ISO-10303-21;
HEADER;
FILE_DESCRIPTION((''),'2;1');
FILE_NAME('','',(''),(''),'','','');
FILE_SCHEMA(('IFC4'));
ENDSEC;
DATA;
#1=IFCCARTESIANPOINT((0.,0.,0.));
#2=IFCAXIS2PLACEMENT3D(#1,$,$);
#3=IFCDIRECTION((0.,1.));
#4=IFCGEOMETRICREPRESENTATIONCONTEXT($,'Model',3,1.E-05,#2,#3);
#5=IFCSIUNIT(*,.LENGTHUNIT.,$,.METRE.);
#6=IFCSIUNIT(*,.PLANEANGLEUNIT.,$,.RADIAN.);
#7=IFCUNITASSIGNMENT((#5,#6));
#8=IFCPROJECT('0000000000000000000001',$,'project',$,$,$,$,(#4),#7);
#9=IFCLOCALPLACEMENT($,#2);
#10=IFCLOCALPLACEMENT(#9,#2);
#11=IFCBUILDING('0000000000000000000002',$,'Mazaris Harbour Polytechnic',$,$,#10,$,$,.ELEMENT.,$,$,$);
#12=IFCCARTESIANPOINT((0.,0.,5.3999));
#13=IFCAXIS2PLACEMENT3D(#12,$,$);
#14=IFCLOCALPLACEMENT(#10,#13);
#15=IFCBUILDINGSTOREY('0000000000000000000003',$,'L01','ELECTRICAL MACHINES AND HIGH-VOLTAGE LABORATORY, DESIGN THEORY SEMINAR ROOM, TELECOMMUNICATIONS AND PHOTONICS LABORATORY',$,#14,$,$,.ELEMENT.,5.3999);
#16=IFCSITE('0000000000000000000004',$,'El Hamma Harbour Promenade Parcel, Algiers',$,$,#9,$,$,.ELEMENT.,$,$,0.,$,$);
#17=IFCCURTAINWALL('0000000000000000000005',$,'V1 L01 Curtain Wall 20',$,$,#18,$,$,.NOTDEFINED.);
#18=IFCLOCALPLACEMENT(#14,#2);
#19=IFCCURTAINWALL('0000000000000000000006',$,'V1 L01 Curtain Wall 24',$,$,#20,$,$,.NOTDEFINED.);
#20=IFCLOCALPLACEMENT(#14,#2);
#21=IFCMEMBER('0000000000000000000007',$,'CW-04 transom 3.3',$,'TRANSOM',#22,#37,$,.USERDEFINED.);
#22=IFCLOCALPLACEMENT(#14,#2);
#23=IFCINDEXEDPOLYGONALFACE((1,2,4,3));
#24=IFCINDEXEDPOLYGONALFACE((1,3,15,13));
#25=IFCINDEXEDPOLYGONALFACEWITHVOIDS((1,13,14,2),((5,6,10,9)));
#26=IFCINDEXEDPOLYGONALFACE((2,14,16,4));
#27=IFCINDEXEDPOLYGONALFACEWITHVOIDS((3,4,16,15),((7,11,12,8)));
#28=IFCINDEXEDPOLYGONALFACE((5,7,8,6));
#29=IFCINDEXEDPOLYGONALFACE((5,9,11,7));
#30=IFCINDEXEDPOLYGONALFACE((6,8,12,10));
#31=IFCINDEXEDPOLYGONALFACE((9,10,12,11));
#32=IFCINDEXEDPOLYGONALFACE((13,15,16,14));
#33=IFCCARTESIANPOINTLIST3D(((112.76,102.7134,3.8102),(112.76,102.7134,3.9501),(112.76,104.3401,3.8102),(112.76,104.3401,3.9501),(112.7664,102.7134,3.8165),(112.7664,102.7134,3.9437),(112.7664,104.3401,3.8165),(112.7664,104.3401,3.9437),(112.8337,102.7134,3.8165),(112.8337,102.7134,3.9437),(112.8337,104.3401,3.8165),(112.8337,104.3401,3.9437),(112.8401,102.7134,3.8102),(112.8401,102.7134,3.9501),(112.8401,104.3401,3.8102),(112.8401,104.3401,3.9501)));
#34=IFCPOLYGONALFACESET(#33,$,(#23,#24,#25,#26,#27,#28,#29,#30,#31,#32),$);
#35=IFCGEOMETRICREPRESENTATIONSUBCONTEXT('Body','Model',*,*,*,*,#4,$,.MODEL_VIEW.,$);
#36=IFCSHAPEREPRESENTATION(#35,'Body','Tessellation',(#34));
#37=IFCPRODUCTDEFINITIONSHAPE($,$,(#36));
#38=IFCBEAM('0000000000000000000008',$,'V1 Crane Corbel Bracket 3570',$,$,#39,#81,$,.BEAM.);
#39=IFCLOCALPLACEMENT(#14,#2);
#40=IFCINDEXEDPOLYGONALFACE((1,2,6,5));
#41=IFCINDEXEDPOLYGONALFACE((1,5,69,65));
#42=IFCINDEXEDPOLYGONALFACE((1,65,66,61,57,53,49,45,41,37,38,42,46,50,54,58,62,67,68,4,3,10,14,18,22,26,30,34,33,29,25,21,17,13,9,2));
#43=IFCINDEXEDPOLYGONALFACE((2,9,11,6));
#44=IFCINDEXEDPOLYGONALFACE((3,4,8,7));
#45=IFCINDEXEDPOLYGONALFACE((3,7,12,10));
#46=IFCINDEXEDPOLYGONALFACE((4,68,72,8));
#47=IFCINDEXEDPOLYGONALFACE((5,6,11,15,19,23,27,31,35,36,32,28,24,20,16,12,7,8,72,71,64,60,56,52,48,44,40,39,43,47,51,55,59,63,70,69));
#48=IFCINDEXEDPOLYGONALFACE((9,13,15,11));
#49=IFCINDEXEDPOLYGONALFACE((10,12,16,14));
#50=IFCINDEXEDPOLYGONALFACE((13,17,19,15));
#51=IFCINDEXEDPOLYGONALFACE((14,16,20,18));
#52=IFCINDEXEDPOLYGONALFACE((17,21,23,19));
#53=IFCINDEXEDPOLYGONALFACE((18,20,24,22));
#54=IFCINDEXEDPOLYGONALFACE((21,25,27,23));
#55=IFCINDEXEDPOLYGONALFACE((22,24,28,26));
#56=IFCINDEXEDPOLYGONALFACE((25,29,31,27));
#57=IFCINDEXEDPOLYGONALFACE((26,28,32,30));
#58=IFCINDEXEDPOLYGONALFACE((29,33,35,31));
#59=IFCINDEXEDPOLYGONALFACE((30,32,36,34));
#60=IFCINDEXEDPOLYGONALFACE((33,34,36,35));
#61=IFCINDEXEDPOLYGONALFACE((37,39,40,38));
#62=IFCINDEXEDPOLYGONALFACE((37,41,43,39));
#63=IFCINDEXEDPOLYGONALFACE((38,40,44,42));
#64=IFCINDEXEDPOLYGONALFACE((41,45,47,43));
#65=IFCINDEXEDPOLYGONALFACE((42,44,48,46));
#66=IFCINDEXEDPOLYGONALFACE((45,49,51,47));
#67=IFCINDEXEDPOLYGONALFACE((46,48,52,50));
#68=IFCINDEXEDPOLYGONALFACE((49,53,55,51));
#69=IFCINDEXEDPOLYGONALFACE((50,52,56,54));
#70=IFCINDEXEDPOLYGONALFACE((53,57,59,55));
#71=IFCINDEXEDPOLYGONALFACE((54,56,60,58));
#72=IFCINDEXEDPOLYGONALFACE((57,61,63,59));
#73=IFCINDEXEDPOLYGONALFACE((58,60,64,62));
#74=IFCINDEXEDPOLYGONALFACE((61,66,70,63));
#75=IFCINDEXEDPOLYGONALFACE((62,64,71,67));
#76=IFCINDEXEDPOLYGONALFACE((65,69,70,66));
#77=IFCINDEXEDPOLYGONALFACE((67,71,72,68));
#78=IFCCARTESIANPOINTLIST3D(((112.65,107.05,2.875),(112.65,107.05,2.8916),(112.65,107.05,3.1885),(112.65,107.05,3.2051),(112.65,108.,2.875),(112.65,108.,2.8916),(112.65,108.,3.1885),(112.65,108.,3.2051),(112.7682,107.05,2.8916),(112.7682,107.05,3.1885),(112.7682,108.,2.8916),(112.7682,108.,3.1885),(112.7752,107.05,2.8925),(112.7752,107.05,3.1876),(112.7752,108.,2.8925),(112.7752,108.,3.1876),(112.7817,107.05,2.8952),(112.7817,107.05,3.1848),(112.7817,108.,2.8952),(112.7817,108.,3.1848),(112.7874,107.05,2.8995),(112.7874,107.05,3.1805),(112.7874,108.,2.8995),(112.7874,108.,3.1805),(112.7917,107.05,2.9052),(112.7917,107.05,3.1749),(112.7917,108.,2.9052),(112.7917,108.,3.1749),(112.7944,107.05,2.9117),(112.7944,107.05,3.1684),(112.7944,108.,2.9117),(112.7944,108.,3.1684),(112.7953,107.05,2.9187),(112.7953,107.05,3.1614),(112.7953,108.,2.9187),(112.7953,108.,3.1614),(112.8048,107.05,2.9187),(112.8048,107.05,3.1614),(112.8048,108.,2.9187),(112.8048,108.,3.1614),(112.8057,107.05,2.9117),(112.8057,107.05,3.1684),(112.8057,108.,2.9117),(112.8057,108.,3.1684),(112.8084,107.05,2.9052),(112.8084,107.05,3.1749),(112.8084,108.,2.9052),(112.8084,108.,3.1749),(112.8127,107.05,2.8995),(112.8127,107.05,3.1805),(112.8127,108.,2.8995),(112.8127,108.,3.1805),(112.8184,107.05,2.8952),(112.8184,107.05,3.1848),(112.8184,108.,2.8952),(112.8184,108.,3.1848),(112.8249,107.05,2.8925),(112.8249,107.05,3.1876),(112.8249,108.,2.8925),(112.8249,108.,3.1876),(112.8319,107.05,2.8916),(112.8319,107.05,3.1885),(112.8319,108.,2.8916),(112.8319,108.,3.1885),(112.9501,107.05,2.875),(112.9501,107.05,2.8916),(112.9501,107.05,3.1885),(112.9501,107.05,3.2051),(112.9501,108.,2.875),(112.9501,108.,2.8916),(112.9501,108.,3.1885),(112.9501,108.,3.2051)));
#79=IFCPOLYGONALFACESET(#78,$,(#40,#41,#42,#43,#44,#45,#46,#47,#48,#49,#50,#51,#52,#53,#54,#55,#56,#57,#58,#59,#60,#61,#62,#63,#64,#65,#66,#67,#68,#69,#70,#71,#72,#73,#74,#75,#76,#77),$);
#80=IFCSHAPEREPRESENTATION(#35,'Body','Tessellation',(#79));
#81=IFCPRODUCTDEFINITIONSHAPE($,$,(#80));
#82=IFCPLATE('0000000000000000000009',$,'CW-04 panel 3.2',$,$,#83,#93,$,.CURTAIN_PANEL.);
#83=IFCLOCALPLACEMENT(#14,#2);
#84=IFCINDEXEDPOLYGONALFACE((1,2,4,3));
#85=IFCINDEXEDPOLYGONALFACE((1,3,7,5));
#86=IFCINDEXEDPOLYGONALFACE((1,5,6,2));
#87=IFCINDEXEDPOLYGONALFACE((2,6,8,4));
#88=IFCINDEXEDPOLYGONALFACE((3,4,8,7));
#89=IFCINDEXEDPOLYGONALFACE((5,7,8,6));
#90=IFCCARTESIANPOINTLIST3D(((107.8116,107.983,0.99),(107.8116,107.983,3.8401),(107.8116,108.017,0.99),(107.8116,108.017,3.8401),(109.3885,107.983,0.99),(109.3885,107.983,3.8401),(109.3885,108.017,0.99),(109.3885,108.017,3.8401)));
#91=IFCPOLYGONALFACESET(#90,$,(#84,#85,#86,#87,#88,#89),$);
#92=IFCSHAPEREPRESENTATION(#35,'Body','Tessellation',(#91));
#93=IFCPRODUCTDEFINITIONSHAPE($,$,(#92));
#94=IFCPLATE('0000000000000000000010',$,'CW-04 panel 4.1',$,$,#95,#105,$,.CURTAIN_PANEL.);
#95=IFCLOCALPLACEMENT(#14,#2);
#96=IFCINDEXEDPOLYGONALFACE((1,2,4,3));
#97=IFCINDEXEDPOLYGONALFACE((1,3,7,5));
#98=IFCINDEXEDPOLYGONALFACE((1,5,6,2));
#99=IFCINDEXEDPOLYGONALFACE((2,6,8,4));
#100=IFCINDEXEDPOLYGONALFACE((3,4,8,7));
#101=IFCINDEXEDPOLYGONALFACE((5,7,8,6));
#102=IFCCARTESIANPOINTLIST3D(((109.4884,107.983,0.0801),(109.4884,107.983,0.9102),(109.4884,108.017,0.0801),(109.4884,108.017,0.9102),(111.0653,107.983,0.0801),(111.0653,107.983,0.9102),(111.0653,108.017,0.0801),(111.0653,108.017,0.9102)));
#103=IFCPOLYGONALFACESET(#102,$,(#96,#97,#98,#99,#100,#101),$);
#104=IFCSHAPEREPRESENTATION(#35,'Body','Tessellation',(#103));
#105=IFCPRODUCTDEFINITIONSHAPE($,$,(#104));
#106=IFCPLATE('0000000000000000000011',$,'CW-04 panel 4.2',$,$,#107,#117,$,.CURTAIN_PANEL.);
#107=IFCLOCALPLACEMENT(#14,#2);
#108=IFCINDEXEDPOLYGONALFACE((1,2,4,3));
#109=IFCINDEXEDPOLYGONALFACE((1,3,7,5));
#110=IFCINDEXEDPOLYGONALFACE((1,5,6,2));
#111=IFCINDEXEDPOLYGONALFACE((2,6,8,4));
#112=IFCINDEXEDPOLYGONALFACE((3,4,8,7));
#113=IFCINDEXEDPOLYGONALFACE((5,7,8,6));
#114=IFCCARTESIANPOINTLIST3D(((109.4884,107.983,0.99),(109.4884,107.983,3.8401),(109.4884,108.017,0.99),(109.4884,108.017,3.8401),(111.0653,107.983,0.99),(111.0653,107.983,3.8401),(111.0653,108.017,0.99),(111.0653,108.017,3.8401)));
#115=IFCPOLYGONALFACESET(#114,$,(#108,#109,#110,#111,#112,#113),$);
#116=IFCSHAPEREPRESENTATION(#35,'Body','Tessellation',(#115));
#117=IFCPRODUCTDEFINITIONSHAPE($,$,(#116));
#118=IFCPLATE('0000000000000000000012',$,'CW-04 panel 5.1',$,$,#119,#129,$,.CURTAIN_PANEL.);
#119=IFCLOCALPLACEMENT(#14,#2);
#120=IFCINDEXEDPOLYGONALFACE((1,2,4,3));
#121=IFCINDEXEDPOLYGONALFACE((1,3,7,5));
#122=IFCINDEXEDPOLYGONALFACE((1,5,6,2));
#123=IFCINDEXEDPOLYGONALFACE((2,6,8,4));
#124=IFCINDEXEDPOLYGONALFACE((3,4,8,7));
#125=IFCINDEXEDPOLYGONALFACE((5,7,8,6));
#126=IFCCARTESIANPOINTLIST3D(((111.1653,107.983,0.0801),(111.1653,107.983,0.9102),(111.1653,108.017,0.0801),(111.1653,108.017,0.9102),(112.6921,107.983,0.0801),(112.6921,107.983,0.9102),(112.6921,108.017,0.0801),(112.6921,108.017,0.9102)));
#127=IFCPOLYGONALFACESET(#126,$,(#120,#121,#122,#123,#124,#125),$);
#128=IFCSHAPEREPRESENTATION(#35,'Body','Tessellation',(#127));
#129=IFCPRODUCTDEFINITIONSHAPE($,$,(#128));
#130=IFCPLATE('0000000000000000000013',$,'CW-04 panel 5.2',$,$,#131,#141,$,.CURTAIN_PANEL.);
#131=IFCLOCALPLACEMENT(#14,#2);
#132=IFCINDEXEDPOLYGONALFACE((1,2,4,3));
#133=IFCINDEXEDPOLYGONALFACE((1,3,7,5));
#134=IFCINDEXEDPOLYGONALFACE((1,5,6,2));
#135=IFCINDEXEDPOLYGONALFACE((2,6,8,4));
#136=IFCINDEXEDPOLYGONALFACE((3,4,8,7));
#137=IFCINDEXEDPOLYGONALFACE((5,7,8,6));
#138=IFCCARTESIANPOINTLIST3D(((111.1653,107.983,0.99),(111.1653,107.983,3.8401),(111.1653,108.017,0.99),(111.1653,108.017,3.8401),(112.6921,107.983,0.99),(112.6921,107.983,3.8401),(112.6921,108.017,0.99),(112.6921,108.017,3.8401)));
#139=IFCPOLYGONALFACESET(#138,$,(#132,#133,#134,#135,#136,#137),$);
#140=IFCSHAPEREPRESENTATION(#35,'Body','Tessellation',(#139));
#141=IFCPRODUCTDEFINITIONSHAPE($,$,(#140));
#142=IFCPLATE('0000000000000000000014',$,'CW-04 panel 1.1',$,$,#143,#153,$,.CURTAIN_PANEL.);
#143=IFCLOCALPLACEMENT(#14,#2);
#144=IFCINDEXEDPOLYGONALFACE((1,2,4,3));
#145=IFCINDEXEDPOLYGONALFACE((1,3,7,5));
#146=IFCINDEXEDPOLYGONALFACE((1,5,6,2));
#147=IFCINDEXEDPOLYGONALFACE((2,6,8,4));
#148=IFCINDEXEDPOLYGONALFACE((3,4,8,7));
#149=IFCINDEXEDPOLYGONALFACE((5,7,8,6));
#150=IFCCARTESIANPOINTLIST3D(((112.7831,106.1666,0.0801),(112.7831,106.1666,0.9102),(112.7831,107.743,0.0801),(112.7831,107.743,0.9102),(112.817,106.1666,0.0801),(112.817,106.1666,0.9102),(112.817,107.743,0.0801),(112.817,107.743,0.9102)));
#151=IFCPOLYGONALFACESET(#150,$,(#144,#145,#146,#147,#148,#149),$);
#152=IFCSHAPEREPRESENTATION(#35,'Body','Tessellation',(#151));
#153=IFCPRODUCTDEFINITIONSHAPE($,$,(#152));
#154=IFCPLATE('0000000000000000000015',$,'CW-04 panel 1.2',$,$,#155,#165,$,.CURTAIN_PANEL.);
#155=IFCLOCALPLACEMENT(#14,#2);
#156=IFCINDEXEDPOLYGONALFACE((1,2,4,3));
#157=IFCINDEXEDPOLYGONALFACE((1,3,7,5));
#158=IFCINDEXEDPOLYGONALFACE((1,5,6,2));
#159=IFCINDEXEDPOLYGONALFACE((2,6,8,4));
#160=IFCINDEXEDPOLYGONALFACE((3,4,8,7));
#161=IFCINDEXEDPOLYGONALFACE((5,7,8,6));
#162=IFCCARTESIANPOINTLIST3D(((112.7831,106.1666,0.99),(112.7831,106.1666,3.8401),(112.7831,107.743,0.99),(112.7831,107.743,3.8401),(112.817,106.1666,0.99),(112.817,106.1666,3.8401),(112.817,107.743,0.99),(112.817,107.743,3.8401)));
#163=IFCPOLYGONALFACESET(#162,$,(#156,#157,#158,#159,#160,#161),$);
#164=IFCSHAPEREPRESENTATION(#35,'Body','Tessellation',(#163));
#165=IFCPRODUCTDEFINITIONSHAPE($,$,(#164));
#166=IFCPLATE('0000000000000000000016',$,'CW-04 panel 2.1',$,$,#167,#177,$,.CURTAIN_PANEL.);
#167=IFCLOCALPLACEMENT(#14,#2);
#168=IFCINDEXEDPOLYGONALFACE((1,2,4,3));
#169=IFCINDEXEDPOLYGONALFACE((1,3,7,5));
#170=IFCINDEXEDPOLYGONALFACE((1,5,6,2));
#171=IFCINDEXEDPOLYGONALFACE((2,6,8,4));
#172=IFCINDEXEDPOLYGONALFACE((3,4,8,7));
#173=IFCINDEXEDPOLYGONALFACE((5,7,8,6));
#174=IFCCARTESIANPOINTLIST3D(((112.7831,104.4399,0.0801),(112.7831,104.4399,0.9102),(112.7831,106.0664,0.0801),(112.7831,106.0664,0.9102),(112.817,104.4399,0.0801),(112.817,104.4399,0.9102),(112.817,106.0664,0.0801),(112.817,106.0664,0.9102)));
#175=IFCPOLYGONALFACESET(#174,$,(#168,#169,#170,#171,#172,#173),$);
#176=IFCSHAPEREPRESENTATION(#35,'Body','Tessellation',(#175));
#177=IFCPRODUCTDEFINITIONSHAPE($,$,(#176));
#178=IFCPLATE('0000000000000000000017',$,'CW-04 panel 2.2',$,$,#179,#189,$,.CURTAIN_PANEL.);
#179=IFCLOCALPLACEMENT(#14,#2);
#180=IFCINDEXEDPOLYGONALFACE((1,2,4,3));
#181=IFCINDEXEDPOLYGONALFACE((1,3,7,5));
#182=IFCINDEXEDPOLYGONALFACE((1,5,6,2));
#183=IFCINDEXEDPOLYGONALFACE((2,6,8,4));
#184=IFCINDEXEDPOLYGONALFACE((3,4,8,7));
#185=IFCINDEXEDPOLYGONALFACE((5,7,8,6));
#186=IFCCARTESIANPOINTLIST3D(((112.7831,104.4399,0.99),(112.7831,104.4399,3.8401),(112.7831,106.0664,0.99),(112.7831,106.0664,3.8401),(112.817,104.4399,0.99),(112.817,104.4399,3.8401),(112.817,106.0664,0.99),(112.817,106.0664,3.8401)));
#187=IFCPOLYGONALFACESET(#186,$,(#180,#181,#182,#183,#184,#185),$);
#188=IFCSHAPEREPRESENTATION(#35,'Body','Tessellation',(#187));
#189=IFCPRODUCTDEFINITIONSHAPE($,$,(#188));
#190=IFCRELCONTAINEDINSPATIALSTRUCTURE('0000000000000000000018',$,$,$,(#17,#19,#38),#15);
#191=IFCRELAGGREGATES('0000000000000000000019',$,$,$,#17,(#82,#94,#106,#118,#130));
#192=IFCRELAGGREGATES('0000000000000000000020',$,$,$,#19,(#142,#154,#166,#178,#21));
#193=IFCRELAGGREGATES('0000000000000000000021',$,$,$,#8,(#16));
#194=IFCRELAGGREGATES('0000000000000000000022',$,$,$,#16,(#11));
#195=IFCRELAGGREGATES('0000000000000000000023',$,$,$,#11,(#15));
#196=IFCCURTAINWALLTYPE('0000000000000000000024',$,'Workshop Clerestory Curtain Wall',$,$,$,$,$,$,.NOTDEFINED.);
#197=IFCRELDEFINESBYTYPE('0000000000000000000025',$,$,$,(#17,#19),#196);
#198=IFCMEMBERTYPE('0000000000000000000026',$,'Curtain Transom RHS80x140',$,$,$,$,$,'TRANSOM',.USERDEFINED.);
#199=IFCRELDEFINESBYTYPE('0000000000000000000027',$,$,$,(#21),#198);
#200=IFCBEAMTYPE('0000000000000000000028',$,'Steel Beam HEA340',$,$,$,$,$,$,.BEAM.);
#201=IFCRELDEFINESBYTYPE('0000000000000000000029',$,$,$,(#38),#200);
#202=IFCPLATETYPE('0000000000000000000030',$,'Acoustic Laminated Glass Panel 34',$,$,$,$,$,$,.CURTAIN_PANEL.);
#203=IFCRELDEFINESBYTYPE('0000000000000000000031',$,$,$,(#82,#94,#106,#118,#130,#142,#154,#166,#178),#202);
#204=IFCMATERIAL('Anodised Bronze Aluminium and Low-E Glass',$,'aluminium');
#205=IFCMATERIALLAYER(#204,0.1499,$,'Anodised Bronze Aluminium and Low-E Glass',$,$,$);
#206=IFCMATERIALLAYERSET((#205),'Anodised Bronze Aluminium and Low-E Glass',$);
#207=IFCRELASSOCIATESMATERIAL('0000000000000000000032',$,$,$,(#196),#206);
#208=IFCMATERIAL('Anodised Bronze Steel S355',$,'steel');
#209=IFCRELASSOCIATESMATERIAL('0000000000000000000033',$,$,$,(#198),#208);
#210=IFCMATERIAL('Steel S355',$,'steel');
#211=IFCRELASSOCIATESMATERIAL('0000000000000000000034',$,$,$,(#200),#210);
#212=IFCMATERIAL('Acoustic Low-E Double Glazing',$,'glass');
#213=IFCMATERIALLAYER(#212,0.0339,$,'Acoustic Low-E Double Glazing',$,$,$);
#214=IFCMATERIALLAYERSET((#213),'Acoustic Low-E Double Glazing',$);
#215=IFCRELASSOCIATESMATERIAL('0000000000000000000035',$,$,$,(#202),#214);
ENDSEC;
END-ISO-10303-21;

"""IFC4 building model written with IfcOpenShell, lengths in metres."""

from ifc_helpers import new_model, si_unit, direction, frame, origin, origin_2d, place, context, subcontext, project, spatial, rectangle, hollow_rectangle, i_section, extrude, material, layer, layer_set, material_profile, profile_set, type_object, element, aggregate, save


model = new_model("IFC4")

# Units and contexts
model_context = context("Model", 3, precision=1e-05, world=origin(), true_north=direction((0.0, 1.0)))
body_context = subcontext(model_context, "Body", "Model", "MODEL_VIEW")
ifc_project = project(units=[si_unit("LENGTHUNIT", "METRE"), si_unit("PLANEANGLEUNIT", "RADIAN")], contexts=[model_context])

# Site, building, storey
site_placement = place(None, origin())
site = spatial("IfcSite", under=ifc_project, at=site_placement, Name="El Hamma Harbour Promenade Parcel, Algiers", CompositionType="ELEMENT", RefElevation=0.0)
building_placement = place(site_placement, origin())
building = spatial("IfcBuilding", under=site, at=building_placement, Name="Mazaris Harbour Polytechnic", CompositionType="ELEMENT")
storey_placement = place(building_placement, frame((0.0, 0.0, 5.3999)))
storey = spatial("IfcBuildingStorey", under=building, at=storey_placement, Name="L01", Description="ELECTRICAL MACHINES AND HIGH-VOLTAGE LABORATORY, DESIGN THEORY SEMINAR ROOM, TELECOMMUNICATIONS AND PHOTONICS LABORATORY", CompositionType="ELEMENT", Elevation=5.3999)

# Curtain walls
ifc_material_1 = material(Name="Anodised Bronze Aluminium and Low-E Glass", Category="aluminium")
ifc_layer_1 = layer(ifc_material_1, 0.1499, Name="Anodised Bronze Aluminium and Low-E Glass")
ifc_layer_set_1 = layer_set([ifc_layer_1], Name="Anodised Bronze Aluminium and Low-E Glass")
curtain_wall_type = type_object("IfcCurtainWallType", Name="Workshop Clerestory Curtain Wall", PredefinedType="NOTDEFINED", material=ifc_layer_set_1)
curtain_wall_1_placement = place(storey_placement, origin())
curtain_wall_1 = element("IfcCurtainWall", 1, at=curtain_wall_1_placement, inside=storey, type_object=curtain_wall_type, Name="V1 L01 Curtain Wall 20", PredefinedType="NOTDEFINED")
curtain_wall_2_placement = place(storey_placement, origin())
curtain_wall_2 = element("IfcCurtainWall", 2, at=curtain_wall_2_placement, inside=storey, type_object=curtain_wall_type, Name="V1 L01 Curtain Wall 24", PredefinedType="NOTDEFINED")

# Member
ifc_material_2 = material(Name="Anodised Bronze Steel S355", Category="steel")
ifc_material_profile_1 = material_profile(ifc_material_2, hollow_rectangle(XDim=0.0801, YDim=0.1399, WallThickness=0.0063, at=origin_2d()), Name="RHS 80x140x6.3")
ifc_profile_set_1 = profile_set([ifc_material_profile_1], Name="Anodised Bronze Steel S355")
member_type_1 = type_object("IfcMemberType", Name="Curtain Transom RHS80x140", ElementType="TRANSOM", PredefinedType="USERDEFINED", material=ifc_profile_set_1)
member_1_placement = place(storey_placement, frame((112.8, 104.3401, 3.8801), z_axis=(0.0, -1.0, 0.0), x_axis=(1.0, 0.0, 0.0)))
member_1 = element("IfcMember", 3, at=member_1_placement, type_object=member_type_1, Name="CW-04 transom 3.3", ObjectType="TRANSOM", PredefinedType="USERDEFINED", context=body_context, shape_type="SweptSolid", body=[
    extrude(hollow_rectangle(XDim=0.0801, YDim=0.1399, WallThickness=0.0063, at=origin_2d()), origin(), (0.0, 0.0, 1.0), 1.6267),
])

# Beam
ifc_material_3 = material(Name="Steel S355", Category="steel")
ifc_material_profile_2 = material_profile(ifc_material_3, i_section(OverallWidth=0.3, OverallDepth=0.3301, WebThickness=0.0095, FlangeThickness=0.0166, FilletRadius=0.0271, at=origin_2d()), Name="HEA 340")
ifc_profile_set_2 = profile_set([ifc_material_profile_2], Name="Steel S355")
beam_type = type_object("IfcBeamType", Name="Steel Beam HEA340", PredefinedType="BEAM", material=ifc_profile_set_2)
beam_placement = place(storey_placement, frame((112.8, 108.0, 3.04), z_axis=(0.0, -1.0, 0.0), x_axis=(1.0, 0.0, 0.0)))
element("IfcBeam", 4, at=beam_placement, inside=storey, type_object=beam_type, Name="V1 Crane Corbel Bracket 3570", PredefinedType="BEAM", context=body_context, shape_type="SweptSolid", body=[
    extrude(i_section(OverallWidth=0.3, OverallDepth=0.3301, WebThickness=0.0095, FlangeThickness=0.0166, FilletRadius=0.0271, at=origin_2d()), origin(), (0.0, 0.0, 1.0), 0.95),
])

# Plates
ifc_material_4 = material(Name="Acoustic Low-E Double Glazing", Category="glass")
ifc_layer_2 = layer(ifc_material_4, 0.0339, Name="Acoustic Low-E Double Glazing")
ifc_layer_set_2 = layer_set([ifc_layer_2], Name="Acoustic Low-E Double Glazing")
plate_type_1 = type_object("IfcPlateType", Name="Acoustic Laminated Glass Panel 34", PredefinedType="CURTAIN_PANEL", material=ifc_layer_set_2)
plate_1_placement = place(storey_placement, frame((108.6001, 108.0, 0.99), z_axis=(0.0, 0.0, 1.0), x_axis=(1.0, 0.0, 0.0)))
plate_1 = element("IfcPlate", 5, at=plate_1_placement, type_object=plate_type_1, Name="CW-04 panel 3.2", PredefinedType="CURTAIN_PANEL", context=body_context, shape_type="SweptSolid", body=[
    extrude(rectangle(XDim=1.5769, YDim=0.0339, at=origin_2d()), origin(), (0.0, 0.0, 1.0), 2.8501),
])
plate_2_placement = place(storey_placement, frame((110.2769, 108.0, 0.0801), z_axis=(0.0, 0.0, 1.0), x_axis=(1.0, 0.0, 0.0)))
plate_2 = element("IfcPlate", 6, at=plate_2_placement, type_object=plate_type_1, Name="CW-04 panel 4.1", PredefinedType="CURTAIN_PANEL", context=body_context, shape_type="SweptSolid", body=[
    extrude(rectangle(XDim=1.5769, YDim=0.0339, at=origin_2d()), origin(), (0.0, 0.0, 1.0), 0.8301),
])
plate_3_placement = place(storey_placement, frame((110.2769, 108.0, 0.99), z_axis=(0.0, 0.0, 1.0), x_axis=(1.0, 0.0, 0.0)))
plate_3 = element("IfcPlate", 7, at=plate_3_placement, type_object=plate_type_1, Name="CW-04 panel 4.2", PredefinedType="CURTAIN_PANEL", context=body_context, shape_type="SweptSolid", body=[
    extrude(rectangle(XDim=1.5769, YDim=0.0339, at=origin_2d()), origin(), (0.0, 0.0, 1.0), 2.8501),
])
plate_4_placement = place(storey_placement, frame((111.9287, 108.0, 0.0801), z_axis=(0.0, 0.0, 1.0), x_axis=(1.0, 0.0, 0.0)))
plate_4 = element("IfcPlate", 8, at=plate_4_placement, type_object=plate_type_1, Name="CW-04 panel 5.1", PredefinedType="CURTAIN_PANEL", context=body_context, shape_type="SweptSolid", body=[
    extrude(rectangle(XDim=1.5269, YDim=0.0339, at=origin_2d()), origin(), (0.0, 0.0, 1.0), 0.8301),
])
plate_5_placement = place(storey_placement, frame((111.9287, 108.0, 0.99), z_axis=(0.0, 0.0, 1.0), x_axis=(1.0, 0.0, 0.0)))
plate_5 = element("IfcPlate", 9, at=plate_5_placement, type_object=plate_type_1, Name="CW-04 panel 5.2", PredefinedType="CURTAIN_PANEL", context=body_context, shape_type="SweptSolid", body=[
    extrude(rectangle(XDim=1.5269, YDim=0.0339, at=origin_2d()), origin(), (0.0, 0.0, 1.0), 2.8501),
])
aggregate(curtain_wall_1, [plate_1, plate_2, plate_3, plate_4, plate_5])
plate_6_placement = place(storey_placement, frame((112.8, 106.9548, 0.0801), z_axis=(0.0, 0.0, 1.0), x_axis=(0.0, -1.0, 0.0)))
plate_6 = element("IfcPlate", 10, at=plate_6_placement, type_object=plate_type_1, Name="CW-04 panel 1.1", PredefinedType="CURTAIN_PANEL", context=body_context, shape_type="SweptSolid", body=[
    extrude(rectangle(XDim=1.5764, YDim=0.0339, at=origin_2d()), origin(), (0.0, 0.0, 1.0), 0.8301),
])
plate_7_placement = place(storey_placement, frame((112.8, 106.9548, 0.99), z_axis=(0.0, 0.0, 1.0), x_axis=(0.0, -1.0, 0.0)))
plate_7 = element("IfcPlate", 11, at=plate_7_placement, type_object=plate_type_1, Name="CW-04 panel 1.2", PredefinedType="CURTAIN_PANEL", context=body_context, shape_type="SweptSolid", body=[
    extrude(rectangle(XDim=1.5764, YDim=0.0339, at=origin_2d()), origin(), (0.0, 0.0, 1.0), 2.8501),
])
plate_8_placement = place(storey_placement, frame((112.8, 105.2532, 0.0801), z_axis=(0.0, 0.0, 1.0), x_axis=(0.0, -1.0, 0.0)))
plate_8 = element("IfcPlate", 12, at=plate_8_placement, type_object=plate_type_1, Name="CW-04 panel 2.1", PredefinedType="CURTAIN_PANEL", context=body_context, shape_type="SweptSolid", body=[
    extrude(rectangle(XDim=1.6265, YDim=0.0339, at=origin_2d()), origin(), (0.0, 0.0, 1.0), 0.8301),
])
plate_9_placement = place(storey_placement, frame((112.8, 105.2532, 0.99), z_axis=(0.0, 0.0, 1.0), x_axis=(0.0, -1.0, 0.0)))
plate_9 = element("IfcPlate", 13, at=plate_9_placement, type_object=plate_type_1, Name="CW-04 panel 2.2", PredefinedType="CURTAIN_PANEL", context=body_context, shape_type="SweptSolid", body=[
    extrude(rectangle(XDim=1.6265, YDim=0.0339, at=origin_2d()), origin(), (0.0, 0.0, 1.0), 2.8501),
])
aggregate(curtain_wall_2, [plate_6, plate_7, plate_8, plate_9, member_1])

save(model, "model.ifc")
